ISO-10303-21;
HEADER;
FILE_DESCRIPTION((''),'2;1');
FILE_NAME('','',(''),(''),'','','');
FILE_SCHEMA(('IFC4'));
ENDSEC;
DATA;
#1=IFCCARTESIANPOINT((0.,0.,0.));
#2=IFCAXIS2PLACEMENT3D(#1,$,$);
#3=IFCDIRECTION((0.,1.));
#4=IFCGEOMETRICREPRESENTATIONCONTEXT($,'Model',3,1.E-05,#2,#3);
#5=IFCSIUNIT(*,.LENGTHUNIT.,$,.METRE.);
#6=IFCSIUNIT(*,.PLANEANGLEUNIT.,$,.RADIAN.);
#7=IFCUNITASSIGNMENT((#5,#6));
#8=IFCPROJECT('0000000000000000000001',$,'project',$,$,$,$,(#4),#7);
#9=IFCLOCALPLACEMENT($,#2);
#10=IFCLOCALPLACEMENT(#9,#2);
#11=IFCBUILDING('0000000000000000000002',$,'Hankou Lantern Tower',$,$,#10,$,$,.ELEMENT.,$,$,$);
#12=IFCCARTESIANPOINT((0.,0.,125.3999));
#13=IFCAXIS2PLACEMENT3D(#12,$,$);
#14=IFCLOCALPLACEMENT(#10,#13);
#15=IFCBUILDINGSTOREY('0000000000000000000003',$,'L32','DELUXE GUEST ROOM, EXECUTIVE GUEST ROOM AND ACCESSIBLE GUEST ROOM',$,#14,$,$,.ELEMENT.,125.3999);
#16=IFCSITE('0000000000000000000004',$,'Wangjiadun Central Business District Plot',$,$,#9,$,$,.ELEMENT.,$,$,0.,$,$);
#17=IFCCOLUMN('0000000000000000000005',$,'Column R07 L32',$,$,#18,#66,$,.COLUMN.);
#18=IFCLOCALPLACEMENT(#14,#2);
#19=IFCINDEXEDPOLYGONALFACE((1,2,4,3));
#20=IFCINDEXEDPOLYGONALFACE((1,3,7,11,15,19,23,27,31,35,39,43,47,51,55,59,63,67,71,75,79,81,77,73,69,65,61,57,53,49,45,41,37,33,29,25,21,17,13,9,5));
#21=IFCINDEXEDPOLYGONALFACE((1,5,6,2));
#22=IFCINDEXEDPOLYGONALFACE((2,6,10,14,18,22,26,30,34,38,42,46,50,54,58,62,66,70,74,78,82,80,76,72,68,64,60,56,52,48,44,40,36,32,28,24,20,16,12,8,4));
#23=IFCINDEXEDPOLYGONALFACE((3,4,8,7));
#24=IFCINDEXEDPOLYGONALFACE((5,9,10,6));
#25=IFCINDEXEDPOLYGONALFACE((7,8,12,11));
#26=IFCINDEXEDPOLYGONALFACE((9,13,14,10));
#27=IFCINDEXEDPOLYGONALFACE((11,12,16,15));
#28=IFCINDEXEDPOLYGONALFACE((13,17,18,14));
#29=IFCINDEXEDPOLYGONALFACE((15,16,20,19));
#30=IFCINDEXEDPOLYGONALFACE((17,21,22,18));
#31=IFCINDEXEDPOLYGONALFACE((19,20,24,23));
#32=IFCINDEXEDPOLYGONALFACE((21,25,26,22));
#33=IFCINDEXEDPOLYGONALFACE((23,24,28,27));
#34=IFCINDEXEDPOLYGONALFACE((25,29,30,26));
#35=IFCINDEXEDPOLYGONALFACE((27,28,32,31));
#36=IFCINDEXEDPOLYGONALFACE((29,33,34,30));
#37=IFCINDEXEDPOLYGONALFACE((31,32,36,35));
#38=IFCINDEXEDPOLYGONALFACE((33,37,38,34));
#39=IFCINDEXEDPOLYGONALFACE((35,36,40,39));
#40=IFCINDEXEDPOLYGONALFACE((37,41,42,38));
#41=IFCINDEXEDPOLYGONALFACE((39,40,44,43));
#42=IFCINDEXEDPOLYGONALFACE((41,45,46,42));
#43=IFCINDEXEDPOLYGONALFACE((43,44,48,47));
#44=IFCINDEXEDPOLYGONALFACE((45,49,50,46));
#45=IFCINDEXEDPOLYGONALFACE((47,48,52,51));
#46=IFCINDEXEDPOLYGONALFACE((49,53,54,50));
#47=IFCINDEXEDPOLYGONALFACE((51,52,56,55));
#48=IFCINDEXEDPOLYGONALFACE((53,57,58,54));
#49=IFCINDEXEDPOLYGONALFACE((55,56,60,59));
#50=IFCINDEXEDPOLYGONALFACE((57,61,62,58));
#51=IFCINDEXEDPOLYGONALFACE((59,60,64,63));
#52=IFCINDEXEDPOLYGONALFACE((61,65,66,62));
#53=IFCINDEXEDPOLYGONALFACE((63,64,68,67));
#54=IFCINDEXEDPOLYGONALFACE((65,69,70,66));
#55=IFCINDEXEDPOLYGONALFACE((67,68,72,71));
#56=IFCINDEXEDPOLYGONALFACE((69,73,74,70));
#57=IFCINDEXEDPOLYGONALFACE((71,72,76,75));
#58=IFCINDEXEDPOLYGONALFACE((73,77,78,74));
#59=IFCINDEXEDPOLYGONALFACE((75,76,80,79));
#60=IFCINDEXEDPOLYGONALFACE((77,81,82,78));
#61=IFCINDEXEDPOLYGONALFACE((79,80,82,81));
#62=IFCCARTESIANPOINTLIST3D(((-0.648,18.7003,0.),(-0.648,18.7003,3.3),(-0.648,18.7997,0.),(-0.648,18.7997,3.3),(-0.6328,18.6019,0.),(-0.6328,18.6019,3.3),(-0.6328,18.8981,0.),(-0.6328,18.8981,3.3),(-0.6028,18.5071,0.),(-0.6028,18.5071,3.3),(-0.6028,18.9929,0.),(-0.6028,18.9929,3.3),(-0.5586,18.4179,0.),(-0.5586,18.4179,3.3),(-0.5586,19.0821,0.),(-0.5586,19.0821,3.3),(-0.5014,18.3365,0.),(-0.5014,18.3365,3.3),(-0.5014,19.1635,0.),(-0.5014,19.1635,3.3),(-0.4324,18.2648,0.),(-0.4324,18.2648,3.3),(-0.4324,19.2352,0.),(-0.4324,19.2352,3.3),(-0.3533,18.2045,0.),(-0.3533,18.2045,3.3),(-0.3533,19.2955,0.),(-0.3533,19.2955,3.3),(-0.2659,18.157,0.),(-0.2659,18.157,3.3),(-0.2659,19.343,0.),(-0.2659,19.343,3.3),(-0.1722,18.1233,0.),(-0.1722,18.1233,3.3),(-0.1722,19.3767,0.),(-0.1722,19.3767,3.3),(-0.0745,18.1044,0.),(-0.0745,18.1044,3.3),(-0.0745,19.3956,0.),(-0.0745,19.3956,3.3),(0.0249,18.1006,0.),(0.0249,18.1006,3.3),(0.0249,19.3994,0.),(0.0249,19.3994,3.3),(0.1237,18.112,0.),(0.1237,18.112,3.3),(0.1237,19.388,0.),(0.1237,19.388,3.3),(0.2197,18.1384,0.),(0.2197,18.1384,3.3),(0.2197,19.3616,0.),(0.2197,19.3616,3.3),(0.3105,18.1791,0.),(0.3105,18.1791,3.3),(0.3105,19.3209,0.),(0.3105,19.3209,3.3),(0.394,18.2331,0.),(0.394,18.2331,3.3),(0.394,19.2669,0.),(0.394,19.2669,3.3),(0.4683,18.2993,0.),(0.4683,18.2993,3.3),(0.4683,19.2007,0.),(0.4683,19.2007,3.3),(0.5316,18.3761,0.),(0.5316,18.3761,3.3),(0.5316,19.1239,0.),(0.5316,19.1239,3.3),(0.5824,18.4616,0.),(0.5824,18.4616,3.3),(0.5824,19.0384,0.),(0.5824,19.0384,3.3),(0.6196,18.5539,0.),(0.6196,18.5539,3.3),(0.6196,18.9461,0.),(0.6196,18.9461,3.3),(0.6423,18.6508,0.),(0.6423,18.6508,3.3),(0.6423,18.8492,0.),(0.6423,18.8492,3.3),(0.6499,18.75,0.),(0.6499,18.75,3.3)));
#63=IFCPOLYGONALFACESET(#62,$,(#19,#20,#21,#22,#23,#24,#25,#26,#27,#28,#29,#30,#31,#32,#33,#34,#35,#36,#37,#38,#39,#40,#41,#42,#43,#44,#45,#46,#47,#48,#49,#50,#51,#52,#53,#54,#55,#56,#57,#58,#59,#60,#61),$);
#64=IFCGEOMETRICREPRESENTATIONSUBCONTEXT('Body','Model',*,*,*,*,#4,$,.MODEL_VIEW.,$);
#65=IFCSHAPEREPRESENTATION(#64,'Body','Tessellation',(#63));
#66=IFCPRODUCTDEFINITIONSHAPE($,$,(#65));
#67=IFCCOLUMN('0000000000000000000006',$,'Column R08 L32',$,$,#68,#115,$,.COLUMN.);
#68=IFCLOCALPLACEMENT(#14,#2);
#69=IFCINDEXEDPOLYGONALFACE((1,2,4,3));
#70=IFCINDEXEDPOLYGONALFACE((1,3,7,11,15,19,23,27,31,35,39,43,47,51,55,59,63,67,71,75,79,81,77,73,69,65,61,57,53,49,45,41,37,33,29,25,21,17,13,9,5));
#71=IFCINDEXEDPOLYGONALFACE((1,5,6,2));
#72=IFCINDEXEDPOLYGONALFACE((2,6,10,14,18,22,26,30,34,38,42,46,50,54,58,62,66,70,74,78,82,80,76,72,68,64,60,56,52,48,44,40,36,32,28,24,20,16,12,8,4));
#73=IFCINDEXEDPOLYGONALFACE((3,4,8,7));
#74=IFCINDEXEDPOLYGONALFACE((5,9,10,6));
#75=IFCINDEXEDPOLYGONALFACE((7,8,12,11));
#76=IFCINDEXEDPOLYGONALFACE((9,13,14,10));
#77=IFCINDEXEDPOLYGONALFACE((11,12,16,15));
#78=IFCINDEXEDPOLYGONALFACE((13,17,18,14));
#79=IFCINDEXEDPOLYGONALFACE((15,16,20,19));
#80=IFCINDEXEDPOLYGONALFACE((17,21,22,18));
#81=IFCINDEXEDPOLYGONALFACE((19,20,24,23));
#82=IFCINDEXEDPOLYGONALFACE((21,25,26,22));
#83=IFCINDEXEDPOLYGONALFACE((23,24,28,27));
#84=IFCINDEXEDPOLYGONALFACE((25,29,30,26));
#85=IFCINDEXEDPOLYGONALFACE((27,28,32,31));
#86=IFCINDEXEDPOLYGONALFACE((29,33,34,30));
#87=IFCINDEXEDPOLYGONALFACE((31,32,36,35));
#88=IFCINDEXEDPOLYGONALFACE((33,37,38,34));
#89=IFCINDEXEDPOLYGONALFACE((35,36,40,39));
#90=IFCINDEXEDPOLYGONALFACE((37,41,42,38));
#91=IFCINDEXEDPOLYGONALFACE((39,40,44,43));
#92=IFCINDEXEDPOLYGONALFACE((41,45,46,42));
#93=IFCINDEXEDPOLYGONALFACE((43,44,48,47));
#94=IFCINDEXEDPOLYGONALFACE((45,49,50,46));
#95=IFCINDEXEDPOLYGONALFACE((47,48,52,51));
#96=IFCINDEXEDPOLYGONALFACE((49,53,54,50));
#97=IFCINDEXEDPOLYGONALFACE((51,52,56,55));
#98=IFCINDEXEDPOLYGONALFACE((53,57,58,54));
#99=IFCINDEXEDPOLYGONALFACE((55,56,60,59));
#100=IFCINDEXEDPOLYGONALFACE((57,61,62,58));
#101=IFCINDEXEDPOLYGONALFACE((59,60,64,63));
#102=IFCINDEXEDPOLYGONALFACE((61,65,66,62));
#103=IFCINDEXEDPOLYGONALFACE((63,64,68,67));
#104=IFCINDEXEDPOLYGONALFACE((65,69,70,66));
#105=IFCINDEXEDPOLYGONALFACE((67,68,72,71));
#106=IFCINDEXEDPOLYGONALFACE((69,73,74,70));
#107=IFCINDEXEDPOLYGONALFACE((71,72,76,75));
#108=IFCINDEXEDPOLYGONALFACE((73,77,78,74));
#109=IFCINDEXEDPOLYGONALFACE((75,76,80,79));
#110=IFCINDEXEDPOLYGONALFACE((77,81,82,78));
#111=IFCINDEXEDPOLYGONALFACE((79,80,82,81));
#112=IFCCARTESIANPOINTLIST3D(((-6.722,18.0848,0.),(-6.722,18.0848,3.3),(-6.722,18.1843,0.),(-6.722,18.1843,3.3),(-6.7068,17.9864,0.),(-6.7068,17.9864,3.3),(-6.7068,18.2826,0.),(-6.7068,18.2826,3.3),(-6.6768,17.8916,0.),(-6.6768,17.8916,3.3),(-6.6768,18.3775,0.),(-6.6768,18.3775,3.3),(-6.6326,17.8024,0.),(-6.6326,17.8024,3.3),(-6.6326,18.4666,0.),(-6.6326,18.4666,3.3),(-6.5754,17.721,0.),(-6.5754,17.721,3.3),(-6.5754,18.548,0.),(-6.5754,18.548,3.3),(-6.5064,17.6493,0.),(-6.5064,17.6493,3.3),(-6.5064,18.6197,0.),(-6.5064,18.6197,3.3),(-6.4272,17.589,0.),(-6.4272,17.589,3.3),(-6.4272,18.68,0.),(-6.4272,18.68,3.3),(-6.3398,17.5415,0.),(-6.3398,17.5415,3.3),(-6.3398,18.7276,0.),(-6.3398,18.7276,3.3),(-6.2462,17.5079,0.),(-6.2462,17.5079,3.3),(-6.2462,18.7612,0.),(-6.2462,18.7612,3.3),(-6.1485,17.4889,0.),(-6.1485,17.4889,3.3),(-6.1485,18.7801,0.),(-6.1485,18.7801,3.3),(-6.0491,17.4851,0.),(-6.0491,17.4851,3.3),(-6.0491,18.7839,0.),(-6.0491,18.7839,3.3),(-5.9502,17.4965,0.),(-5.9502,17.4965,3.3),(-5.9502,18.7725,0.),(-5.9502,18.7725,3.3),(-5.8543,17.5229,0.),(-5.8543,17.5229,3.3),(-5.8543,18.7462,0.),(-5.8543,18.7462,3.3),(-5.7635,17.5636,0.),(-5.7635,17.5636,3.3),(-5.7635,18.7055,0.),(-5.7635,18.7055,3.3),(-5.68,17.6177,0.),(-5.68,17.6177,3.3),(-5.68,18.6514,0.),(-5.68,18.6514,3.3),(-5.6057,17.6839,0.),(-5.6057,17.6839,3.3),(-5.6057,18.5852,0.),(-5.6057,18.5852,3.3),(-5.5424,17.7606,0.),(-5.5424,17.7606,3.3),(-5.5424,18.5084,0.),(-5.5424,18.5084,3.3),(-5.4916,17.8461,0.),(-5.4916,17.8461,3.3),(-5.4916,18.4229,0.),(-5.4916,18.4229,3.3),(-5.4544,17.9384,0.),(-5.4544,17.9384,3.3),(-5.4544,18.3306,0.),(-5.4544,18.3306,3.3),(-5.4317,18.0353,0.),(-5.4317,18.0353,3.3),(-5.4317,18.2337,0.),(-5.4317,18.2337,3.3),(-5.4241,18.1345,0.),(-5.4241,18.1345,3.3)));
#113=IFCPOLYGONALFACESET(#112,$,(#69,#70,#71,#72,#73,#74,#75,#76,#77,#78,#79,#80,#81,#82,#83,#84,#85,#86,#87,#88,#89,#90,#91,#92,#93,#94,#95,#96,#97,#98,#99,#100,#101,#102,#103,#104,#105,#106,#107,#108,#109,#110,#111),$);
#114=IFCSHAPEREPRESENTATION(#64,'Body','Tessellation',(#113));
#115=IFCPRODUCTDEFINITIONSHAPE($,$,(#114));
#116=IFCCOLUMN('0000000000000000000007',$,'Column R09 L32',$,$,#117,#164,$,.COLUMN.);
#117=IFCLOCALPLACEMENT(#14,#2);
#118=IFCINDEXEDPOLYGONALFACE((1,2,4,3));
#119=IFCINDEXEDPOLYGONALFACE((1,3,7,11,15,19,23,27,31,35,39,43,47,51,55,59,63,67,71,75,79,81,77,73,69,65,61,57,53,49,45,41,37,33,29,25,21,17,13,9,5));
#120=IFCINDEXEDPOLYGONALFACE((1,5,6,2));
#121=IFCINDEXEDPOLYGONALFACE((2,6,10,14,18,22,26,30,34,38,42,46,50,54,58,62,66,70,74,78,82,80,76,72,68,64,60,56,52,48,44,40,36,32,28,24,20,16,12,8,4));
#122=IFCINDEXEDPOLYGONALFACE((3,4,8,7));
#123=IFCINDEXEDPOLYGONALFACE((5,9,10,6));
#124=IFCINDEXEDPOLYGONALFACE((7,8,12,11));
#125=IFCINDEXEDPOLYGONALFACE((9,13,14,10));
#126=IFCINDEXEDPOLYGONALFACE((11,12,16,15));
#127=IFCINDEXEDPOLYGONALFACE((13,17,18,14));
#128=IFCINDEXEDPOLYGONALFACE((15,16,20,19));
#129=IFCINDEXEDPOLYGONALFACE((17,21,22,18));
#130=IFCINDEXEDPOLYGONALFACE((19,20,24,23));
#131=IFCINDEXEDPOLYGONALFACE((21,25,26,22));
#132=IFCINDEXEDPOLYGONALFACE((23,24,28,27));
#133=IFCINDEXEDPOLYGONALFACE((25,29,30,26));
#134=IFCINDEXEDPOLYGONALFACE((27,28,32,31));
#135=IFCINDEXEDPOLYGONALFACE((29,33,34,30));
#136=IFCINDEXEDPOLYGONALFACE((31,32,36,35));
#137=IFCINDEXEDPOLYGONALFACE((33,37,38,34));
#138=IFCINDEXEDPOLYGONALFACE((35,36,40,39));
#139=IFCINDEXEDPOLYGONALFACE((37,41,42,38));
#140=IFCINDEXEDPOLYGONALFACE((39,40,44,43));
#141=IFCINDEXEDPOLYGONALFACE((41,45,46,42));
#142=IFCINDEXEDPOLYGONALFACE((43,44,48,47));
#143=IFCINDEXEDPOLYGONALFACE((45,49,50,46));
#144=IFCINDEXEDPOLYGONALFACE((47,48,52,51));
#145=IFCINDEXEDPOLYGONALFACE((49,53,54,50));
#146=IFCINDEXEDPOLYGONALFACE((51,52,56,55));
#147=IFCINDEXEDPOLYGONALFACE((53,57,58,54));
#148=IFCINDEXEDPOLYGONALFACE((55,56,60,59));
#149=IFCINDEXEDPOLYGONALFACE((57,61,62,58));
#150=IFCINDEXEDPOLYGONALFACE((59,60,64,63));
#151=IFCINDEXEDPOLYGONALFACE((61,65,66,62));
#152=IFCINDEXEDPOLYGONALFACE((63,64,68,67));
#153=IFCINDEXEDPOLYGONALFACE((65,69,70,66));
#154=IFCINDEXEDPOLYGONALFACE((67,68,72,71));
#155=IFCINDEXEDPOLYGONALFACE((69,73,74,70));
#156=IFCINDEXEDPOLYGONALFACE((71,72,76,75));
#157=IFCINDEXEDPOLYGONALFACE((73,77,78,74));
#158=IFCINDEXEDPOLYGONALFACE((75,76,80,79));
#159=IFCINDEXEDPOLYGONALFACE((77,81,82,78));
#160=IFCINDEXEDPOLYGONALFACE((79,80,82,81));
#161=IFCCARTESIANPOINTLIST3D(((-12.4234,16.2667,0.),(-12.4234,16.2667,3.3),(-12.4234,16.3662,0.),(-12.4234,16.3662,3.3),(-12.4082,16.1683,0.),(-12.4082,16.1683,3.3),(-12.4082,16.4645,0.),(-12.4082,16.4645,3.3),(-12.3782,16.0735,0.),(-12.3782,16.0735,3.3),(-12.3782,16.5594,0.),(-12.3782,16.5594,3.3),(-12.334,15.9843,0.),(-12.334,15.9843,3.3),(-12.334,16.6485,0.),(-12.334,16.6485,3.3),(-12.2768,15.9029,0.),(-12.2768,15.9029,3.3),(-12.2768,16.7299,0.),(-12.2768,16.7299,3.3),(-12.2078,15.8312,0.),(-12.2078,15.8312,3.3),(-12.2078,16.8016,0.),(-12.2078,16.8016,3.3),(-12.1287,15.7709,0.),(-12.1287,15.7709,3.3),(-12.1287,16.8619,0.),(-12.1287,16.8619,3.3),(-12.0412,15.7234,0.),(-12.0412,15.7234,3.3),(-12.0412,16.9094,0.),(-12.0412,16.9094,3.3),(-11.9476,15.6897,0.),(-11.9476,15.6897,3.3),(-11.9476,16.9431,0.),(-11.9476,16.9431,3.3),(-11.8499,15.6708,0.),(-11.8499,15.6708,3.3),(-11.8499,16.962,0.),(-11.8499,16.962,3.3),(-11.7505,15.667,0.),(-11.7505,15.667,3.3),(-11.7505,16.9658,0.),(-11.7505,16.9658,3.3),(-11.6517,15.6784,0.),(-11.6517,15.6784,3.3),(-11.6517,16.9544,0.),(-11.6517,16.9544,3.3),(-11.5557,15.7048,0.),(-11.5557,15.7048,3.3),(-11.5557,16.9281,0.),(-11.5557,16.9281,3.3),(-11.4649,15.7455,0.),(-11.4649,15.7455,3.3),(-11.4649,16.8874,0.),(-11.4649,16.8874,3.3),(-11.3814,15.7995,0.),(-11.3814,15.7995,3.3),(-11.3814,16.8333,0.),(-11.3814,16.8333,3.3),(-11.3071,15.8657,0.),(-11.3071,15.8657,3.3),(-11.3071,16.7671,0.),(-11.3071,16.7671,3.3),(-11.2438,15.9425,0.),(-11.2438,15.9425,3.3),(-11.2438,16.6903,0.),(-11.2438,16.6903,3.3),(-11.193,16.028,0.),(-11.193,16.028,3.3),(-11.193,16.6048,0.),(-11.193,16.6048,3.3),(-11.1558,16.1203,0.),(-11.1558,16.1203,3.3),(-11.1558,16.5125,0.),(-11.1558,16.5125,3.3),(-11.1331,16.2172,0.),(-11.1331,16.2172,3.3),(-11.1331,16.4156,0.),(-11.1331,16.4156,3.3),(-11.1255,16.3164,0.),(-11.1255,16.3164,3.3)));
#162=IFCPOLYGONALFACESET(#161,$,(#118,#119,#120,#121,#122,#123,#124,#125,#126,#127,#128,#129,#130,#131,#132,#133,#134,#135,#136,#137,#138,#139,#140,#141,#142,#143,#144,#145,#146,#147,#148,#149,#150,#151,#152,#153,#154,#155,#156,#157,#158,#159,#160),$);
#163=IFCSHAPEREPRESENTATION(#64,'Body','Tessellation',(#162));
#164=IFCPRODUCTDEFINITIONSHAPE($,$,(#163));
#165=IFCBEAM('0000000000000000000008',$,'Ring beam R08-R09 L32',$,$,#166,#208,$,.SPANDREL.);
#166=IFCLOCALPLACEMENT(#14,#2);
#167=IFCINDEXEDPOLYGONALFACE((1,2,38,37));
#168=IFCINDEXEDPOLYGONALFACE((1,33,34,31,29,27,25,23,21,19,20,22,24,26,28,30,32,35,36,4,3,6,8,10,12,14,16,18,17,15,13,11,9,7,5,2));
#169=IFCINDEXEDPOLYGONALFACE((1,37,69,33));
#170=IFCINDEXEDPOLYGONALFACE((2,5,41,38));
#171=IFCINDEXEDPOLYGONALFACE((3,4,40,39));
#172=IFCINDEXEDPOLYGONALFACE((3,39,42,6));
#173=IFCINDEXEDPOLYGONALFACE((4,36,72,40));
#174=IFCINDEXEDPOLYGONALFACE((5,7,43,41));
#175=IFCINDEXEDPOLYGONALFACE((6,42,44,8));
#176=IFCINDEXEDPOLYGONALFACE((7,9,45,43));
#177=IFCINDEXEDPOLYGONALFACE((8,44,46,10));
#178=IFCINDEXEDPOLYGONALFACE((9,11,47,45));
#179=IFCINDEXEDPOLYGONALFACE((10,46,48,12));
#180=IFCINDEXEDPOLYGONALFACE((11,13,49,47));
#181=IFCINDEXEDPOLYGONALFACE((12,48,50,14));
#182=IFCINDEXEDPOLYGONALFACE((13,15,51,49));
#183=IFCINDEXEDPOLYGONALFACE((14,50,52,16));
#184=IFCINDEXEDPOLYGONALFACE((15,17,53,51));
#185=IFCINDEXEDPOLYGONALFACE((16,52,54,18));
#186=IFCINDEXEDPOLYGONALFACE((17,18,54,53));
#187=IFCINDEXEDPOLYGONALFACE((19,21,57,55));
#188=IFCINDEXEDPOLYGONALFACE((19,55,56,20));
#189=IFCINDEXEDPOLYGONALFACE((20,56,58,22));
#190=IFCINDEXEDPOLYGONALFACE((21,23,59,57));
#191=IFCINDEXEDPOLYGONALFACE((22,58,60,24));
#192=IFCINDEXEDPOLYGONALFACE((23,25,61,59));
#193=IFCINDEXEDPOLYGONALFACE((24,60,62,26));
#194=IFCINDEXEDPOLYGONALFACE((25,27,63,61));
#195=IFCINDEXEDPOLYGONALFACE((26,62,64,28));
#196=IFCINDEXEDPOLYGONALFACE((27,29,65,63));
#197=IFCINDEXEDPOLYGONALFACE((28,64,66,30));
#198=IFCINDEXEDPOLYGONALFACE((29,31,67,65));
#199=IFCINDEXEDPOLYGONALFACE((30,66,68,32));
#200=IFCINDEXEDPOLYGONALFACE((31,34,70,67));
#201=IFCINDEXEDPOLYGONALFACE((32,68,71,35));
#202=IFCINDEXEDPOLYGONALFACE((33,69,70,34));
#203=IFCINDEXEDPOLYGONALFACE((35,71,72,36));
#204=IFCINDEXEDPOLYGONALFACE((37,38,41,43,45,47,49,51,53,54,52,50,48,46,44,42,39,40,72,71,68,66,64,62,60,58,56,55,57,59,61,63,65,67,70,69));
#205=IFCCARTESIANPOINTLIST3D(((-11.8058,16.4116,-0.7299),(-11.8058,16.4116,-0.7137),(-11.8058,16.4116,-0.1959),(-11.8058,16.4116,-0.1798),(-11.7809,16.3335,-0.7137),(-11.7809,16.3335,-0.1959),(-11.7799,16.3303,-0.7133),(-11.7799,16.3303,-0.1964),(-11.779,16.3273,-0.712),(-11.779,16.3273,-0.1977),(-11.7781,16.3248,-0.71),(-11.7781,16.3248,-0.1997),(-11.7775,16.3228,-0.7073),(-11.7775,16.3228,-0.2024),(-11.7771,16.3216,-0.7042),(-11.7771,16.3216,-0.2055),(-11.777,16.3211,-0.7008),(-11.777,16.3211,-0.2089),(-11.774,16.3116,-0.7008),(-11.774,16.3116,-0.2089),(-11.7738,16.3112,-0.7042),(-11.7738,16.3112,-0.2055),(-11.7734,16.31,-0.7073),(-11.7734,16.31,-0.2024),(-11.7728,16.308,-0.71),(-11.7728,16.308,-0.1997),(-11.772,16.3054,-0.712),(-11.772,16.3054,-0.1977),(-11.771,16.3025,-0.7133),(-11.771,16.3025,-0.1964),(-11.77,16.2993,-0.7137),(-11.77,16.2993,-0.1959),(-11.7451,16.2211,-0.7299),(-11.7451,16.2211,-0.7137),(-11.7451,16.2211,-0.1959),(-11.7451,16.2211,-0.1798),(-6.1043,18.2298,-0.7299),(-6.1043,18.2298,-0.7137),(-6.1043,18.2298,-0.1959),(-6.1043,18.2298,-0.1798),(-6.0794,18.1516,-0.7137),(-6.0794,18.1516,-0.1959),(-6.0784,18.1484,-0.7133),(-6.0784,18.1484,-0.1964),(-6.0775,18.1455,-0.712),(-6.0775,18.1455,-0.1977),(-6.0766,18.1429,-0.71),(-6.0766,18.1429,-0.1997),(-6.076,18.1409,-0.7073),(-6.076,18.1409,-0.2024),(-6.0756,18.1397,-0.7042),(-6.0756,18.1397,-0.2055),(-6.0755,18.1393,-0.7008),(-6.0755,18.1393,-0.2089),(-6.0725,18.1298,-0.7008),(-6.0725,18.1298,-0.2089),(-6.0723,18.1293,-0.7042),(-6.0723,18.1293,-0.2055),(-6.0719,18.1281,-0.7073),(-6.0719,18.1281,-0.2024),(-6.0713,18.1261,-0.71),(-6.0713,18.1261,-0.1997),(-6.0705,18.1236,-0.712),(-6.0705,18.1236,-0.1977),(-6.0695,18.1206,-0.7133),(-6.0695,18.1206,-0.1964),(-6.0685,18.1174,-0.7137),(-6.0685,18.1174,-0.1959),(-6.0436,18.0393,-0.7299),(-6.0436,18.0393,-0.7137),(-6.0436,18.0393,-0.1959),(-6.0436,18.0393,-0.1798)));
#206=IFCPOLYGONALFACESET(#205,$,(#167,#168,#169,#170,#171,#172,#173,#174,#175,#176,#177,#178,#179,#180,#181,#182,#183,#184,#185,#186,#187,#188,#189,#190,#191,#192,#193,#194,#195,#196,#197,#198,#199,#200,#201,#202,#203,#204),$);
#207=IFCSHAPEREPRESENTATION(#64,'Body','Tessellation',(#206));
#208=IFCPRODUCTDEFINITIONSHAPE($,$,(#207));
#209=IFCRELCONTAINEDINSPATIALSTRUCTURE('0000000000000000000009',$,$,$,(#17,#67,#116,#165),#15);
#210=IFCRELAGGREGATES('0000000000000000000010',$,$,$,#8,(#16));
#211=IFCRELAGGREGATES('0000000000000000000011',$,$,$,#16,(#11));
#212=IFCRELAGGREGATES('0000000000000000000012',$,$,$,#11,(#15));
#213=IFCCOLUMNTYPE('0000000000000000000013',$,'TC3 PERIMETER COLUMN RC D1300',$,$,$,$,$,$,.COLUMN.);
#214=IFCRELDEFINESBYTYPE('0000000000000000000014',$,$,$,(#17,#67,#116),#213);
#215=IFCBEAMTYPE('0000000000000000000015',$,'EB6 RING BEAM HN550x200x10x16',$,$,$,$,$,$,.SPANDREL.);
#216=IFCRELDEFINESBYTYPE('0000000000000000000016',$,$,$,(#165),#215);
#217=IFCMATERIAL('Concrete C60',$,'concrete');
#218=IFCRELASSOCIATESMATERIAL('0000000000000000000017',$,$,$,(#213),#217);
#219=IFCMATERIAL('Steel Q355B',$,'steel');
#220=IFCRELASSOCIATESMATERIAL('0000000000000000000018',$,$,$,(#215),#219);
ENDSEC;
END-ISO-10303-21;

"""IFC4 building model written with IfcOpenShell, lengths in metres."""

from ifc_helpers import new_model, si_unit, direction, frame, origin, origin_2d, place, context, subcontext, project, spatial, circle, i_section, extrude, material, material_profile, profile_set, type_object, element, save


model = new_model("IFC4")

# Units and contexts
model_context = context("Model", 3, precision=1e-05, world=origin(), true_north=direction((0.0, 1.0)))
body_context = subcontext(model_context, "Body", "Model", "MODEL_VIEW")
ifc_project = project(units=[si_unit("LENGTHUNIT", "METRE"), si_unit("PLANEANGLEUNIT", "RADIAN")], contexts=[model_context])

# Site, building, storey
site_placement = place(None, origin())
site = spatial("IfcSite", under=ifc_project, at=site_placement, Name="Wangjiadun Central Business District Plot", CompositionType="ELEMENT", RefElevation=0.0)
building_placement = place(site_placement, origin())
building = spatial("IfcBuilding", under=site, at=building_placement, Name="Hankou Lantern Tower", CompositionType="ELEMENT")
storey_placement = place(building_placement, frame((0.0, 0.0, 125.3999)))
storey = spatial("IfcBuildingStorey", under=building, at=storey_placement, Name="L32", Description="DELUXE GUEST ROOM, EXECUTIVE GUEST ROOM AND ACCESSIBLE GUEST ROOM", CompositionType="ELEMENT", Elevation=125.3999)

# Columns
ifc_material_1 = material(Name="Concrete C60", Category="concrete")
ifc_material_profile_1 = material_profile(ifc_material_1, circle(Radius=0.6499, at=origin_2d()), Name="RC D1300")
ifc_profile_set_1 = profile_set([ifc_material_profile_1], Name="Concrete C60")
column_type = type_object("IfcColumnType", Name="TC3 PERIMETER COLUMN RC D1300", PredefinedType="COLUMN", material=ifc_profile_set_1)
for number, where, z_axis, x_axis, name in (
    (1, (0.0, 18.75, 0.0), (0.0, 0.0, 1.0), (1.0, 0.0, 0.0), "Column R07 L32"),
    (2, (-6.074, 18.1345, 0.0), (0.0, 0.0, 1.0), (1.0, 0.0, 0.0), "Column R08 L32"),
    (3, (-11.7754, 16.3164, 0.0), (0.0, 0.0, 1.0), (1.0, 0.0, 0.0), "Column R09 L32"),
):
    element("IfcColumn", number, at=place(storey_placement, frame(where, z_axis=z_axis, x_axis=x_axis)), inside=storey, type_object=column_type, Name=name, PredefinedType="COLUMN", context=body_context, shape_type="SweptSolid", body=[
        extrude(circle(Radius=0.6499, at=origin_2d()), origin(), (0.0, 0.0, 1.0), 3.3),
    ])

# Beam
ifc_material_2 = material(Name="Steel Q355B", Category="steel")
ifc_material_profile_2 = material_profile(ifc_material_2, i_section(OverallWidth=0.2, OverallDepth=0.55, WebThickness=0.01, FlangeThickness=0.0161, FilletRadius=0.0129, at=origin_2d()), Name="HN550x200x10x16")
ifc_profile_set_2 = profile_set([ifc_material_profile_2], Name="Steel Q355B")
beam_type_1 = type_object("IfcBeamType", Name="EB6 RING BEAM HN550x200x10x16", PredefinedType="SPANDREL", material=ifc_profile_set_2)
beam_1_placement = place(storey_placement, frame((-6.074, 18.1345, -0.4548), z_axis=(-0.952731, -0.303815, 0.0), x_axis=(0.303815, -0.952731, 0.0)))
element("IfcBeam", 4, at=beam_1_placement, inside=storey, type_object=beam_type_1, Name="Ring beam R08-R09 L32", PredefinedType="SPANDREL", context=body_context, shape_type="SweptSolid", body=[
    extrude(i_section(OverallWidth=0.2, OverallDepth=0.55, WebThickness=0.01, FlangeThickness=0.0161, FilletRadius=0.0129, at=origin_2d()), origin(), (0.0, 0.0, 1.0), 5.9844),
])

save(model, "model.ifc")
